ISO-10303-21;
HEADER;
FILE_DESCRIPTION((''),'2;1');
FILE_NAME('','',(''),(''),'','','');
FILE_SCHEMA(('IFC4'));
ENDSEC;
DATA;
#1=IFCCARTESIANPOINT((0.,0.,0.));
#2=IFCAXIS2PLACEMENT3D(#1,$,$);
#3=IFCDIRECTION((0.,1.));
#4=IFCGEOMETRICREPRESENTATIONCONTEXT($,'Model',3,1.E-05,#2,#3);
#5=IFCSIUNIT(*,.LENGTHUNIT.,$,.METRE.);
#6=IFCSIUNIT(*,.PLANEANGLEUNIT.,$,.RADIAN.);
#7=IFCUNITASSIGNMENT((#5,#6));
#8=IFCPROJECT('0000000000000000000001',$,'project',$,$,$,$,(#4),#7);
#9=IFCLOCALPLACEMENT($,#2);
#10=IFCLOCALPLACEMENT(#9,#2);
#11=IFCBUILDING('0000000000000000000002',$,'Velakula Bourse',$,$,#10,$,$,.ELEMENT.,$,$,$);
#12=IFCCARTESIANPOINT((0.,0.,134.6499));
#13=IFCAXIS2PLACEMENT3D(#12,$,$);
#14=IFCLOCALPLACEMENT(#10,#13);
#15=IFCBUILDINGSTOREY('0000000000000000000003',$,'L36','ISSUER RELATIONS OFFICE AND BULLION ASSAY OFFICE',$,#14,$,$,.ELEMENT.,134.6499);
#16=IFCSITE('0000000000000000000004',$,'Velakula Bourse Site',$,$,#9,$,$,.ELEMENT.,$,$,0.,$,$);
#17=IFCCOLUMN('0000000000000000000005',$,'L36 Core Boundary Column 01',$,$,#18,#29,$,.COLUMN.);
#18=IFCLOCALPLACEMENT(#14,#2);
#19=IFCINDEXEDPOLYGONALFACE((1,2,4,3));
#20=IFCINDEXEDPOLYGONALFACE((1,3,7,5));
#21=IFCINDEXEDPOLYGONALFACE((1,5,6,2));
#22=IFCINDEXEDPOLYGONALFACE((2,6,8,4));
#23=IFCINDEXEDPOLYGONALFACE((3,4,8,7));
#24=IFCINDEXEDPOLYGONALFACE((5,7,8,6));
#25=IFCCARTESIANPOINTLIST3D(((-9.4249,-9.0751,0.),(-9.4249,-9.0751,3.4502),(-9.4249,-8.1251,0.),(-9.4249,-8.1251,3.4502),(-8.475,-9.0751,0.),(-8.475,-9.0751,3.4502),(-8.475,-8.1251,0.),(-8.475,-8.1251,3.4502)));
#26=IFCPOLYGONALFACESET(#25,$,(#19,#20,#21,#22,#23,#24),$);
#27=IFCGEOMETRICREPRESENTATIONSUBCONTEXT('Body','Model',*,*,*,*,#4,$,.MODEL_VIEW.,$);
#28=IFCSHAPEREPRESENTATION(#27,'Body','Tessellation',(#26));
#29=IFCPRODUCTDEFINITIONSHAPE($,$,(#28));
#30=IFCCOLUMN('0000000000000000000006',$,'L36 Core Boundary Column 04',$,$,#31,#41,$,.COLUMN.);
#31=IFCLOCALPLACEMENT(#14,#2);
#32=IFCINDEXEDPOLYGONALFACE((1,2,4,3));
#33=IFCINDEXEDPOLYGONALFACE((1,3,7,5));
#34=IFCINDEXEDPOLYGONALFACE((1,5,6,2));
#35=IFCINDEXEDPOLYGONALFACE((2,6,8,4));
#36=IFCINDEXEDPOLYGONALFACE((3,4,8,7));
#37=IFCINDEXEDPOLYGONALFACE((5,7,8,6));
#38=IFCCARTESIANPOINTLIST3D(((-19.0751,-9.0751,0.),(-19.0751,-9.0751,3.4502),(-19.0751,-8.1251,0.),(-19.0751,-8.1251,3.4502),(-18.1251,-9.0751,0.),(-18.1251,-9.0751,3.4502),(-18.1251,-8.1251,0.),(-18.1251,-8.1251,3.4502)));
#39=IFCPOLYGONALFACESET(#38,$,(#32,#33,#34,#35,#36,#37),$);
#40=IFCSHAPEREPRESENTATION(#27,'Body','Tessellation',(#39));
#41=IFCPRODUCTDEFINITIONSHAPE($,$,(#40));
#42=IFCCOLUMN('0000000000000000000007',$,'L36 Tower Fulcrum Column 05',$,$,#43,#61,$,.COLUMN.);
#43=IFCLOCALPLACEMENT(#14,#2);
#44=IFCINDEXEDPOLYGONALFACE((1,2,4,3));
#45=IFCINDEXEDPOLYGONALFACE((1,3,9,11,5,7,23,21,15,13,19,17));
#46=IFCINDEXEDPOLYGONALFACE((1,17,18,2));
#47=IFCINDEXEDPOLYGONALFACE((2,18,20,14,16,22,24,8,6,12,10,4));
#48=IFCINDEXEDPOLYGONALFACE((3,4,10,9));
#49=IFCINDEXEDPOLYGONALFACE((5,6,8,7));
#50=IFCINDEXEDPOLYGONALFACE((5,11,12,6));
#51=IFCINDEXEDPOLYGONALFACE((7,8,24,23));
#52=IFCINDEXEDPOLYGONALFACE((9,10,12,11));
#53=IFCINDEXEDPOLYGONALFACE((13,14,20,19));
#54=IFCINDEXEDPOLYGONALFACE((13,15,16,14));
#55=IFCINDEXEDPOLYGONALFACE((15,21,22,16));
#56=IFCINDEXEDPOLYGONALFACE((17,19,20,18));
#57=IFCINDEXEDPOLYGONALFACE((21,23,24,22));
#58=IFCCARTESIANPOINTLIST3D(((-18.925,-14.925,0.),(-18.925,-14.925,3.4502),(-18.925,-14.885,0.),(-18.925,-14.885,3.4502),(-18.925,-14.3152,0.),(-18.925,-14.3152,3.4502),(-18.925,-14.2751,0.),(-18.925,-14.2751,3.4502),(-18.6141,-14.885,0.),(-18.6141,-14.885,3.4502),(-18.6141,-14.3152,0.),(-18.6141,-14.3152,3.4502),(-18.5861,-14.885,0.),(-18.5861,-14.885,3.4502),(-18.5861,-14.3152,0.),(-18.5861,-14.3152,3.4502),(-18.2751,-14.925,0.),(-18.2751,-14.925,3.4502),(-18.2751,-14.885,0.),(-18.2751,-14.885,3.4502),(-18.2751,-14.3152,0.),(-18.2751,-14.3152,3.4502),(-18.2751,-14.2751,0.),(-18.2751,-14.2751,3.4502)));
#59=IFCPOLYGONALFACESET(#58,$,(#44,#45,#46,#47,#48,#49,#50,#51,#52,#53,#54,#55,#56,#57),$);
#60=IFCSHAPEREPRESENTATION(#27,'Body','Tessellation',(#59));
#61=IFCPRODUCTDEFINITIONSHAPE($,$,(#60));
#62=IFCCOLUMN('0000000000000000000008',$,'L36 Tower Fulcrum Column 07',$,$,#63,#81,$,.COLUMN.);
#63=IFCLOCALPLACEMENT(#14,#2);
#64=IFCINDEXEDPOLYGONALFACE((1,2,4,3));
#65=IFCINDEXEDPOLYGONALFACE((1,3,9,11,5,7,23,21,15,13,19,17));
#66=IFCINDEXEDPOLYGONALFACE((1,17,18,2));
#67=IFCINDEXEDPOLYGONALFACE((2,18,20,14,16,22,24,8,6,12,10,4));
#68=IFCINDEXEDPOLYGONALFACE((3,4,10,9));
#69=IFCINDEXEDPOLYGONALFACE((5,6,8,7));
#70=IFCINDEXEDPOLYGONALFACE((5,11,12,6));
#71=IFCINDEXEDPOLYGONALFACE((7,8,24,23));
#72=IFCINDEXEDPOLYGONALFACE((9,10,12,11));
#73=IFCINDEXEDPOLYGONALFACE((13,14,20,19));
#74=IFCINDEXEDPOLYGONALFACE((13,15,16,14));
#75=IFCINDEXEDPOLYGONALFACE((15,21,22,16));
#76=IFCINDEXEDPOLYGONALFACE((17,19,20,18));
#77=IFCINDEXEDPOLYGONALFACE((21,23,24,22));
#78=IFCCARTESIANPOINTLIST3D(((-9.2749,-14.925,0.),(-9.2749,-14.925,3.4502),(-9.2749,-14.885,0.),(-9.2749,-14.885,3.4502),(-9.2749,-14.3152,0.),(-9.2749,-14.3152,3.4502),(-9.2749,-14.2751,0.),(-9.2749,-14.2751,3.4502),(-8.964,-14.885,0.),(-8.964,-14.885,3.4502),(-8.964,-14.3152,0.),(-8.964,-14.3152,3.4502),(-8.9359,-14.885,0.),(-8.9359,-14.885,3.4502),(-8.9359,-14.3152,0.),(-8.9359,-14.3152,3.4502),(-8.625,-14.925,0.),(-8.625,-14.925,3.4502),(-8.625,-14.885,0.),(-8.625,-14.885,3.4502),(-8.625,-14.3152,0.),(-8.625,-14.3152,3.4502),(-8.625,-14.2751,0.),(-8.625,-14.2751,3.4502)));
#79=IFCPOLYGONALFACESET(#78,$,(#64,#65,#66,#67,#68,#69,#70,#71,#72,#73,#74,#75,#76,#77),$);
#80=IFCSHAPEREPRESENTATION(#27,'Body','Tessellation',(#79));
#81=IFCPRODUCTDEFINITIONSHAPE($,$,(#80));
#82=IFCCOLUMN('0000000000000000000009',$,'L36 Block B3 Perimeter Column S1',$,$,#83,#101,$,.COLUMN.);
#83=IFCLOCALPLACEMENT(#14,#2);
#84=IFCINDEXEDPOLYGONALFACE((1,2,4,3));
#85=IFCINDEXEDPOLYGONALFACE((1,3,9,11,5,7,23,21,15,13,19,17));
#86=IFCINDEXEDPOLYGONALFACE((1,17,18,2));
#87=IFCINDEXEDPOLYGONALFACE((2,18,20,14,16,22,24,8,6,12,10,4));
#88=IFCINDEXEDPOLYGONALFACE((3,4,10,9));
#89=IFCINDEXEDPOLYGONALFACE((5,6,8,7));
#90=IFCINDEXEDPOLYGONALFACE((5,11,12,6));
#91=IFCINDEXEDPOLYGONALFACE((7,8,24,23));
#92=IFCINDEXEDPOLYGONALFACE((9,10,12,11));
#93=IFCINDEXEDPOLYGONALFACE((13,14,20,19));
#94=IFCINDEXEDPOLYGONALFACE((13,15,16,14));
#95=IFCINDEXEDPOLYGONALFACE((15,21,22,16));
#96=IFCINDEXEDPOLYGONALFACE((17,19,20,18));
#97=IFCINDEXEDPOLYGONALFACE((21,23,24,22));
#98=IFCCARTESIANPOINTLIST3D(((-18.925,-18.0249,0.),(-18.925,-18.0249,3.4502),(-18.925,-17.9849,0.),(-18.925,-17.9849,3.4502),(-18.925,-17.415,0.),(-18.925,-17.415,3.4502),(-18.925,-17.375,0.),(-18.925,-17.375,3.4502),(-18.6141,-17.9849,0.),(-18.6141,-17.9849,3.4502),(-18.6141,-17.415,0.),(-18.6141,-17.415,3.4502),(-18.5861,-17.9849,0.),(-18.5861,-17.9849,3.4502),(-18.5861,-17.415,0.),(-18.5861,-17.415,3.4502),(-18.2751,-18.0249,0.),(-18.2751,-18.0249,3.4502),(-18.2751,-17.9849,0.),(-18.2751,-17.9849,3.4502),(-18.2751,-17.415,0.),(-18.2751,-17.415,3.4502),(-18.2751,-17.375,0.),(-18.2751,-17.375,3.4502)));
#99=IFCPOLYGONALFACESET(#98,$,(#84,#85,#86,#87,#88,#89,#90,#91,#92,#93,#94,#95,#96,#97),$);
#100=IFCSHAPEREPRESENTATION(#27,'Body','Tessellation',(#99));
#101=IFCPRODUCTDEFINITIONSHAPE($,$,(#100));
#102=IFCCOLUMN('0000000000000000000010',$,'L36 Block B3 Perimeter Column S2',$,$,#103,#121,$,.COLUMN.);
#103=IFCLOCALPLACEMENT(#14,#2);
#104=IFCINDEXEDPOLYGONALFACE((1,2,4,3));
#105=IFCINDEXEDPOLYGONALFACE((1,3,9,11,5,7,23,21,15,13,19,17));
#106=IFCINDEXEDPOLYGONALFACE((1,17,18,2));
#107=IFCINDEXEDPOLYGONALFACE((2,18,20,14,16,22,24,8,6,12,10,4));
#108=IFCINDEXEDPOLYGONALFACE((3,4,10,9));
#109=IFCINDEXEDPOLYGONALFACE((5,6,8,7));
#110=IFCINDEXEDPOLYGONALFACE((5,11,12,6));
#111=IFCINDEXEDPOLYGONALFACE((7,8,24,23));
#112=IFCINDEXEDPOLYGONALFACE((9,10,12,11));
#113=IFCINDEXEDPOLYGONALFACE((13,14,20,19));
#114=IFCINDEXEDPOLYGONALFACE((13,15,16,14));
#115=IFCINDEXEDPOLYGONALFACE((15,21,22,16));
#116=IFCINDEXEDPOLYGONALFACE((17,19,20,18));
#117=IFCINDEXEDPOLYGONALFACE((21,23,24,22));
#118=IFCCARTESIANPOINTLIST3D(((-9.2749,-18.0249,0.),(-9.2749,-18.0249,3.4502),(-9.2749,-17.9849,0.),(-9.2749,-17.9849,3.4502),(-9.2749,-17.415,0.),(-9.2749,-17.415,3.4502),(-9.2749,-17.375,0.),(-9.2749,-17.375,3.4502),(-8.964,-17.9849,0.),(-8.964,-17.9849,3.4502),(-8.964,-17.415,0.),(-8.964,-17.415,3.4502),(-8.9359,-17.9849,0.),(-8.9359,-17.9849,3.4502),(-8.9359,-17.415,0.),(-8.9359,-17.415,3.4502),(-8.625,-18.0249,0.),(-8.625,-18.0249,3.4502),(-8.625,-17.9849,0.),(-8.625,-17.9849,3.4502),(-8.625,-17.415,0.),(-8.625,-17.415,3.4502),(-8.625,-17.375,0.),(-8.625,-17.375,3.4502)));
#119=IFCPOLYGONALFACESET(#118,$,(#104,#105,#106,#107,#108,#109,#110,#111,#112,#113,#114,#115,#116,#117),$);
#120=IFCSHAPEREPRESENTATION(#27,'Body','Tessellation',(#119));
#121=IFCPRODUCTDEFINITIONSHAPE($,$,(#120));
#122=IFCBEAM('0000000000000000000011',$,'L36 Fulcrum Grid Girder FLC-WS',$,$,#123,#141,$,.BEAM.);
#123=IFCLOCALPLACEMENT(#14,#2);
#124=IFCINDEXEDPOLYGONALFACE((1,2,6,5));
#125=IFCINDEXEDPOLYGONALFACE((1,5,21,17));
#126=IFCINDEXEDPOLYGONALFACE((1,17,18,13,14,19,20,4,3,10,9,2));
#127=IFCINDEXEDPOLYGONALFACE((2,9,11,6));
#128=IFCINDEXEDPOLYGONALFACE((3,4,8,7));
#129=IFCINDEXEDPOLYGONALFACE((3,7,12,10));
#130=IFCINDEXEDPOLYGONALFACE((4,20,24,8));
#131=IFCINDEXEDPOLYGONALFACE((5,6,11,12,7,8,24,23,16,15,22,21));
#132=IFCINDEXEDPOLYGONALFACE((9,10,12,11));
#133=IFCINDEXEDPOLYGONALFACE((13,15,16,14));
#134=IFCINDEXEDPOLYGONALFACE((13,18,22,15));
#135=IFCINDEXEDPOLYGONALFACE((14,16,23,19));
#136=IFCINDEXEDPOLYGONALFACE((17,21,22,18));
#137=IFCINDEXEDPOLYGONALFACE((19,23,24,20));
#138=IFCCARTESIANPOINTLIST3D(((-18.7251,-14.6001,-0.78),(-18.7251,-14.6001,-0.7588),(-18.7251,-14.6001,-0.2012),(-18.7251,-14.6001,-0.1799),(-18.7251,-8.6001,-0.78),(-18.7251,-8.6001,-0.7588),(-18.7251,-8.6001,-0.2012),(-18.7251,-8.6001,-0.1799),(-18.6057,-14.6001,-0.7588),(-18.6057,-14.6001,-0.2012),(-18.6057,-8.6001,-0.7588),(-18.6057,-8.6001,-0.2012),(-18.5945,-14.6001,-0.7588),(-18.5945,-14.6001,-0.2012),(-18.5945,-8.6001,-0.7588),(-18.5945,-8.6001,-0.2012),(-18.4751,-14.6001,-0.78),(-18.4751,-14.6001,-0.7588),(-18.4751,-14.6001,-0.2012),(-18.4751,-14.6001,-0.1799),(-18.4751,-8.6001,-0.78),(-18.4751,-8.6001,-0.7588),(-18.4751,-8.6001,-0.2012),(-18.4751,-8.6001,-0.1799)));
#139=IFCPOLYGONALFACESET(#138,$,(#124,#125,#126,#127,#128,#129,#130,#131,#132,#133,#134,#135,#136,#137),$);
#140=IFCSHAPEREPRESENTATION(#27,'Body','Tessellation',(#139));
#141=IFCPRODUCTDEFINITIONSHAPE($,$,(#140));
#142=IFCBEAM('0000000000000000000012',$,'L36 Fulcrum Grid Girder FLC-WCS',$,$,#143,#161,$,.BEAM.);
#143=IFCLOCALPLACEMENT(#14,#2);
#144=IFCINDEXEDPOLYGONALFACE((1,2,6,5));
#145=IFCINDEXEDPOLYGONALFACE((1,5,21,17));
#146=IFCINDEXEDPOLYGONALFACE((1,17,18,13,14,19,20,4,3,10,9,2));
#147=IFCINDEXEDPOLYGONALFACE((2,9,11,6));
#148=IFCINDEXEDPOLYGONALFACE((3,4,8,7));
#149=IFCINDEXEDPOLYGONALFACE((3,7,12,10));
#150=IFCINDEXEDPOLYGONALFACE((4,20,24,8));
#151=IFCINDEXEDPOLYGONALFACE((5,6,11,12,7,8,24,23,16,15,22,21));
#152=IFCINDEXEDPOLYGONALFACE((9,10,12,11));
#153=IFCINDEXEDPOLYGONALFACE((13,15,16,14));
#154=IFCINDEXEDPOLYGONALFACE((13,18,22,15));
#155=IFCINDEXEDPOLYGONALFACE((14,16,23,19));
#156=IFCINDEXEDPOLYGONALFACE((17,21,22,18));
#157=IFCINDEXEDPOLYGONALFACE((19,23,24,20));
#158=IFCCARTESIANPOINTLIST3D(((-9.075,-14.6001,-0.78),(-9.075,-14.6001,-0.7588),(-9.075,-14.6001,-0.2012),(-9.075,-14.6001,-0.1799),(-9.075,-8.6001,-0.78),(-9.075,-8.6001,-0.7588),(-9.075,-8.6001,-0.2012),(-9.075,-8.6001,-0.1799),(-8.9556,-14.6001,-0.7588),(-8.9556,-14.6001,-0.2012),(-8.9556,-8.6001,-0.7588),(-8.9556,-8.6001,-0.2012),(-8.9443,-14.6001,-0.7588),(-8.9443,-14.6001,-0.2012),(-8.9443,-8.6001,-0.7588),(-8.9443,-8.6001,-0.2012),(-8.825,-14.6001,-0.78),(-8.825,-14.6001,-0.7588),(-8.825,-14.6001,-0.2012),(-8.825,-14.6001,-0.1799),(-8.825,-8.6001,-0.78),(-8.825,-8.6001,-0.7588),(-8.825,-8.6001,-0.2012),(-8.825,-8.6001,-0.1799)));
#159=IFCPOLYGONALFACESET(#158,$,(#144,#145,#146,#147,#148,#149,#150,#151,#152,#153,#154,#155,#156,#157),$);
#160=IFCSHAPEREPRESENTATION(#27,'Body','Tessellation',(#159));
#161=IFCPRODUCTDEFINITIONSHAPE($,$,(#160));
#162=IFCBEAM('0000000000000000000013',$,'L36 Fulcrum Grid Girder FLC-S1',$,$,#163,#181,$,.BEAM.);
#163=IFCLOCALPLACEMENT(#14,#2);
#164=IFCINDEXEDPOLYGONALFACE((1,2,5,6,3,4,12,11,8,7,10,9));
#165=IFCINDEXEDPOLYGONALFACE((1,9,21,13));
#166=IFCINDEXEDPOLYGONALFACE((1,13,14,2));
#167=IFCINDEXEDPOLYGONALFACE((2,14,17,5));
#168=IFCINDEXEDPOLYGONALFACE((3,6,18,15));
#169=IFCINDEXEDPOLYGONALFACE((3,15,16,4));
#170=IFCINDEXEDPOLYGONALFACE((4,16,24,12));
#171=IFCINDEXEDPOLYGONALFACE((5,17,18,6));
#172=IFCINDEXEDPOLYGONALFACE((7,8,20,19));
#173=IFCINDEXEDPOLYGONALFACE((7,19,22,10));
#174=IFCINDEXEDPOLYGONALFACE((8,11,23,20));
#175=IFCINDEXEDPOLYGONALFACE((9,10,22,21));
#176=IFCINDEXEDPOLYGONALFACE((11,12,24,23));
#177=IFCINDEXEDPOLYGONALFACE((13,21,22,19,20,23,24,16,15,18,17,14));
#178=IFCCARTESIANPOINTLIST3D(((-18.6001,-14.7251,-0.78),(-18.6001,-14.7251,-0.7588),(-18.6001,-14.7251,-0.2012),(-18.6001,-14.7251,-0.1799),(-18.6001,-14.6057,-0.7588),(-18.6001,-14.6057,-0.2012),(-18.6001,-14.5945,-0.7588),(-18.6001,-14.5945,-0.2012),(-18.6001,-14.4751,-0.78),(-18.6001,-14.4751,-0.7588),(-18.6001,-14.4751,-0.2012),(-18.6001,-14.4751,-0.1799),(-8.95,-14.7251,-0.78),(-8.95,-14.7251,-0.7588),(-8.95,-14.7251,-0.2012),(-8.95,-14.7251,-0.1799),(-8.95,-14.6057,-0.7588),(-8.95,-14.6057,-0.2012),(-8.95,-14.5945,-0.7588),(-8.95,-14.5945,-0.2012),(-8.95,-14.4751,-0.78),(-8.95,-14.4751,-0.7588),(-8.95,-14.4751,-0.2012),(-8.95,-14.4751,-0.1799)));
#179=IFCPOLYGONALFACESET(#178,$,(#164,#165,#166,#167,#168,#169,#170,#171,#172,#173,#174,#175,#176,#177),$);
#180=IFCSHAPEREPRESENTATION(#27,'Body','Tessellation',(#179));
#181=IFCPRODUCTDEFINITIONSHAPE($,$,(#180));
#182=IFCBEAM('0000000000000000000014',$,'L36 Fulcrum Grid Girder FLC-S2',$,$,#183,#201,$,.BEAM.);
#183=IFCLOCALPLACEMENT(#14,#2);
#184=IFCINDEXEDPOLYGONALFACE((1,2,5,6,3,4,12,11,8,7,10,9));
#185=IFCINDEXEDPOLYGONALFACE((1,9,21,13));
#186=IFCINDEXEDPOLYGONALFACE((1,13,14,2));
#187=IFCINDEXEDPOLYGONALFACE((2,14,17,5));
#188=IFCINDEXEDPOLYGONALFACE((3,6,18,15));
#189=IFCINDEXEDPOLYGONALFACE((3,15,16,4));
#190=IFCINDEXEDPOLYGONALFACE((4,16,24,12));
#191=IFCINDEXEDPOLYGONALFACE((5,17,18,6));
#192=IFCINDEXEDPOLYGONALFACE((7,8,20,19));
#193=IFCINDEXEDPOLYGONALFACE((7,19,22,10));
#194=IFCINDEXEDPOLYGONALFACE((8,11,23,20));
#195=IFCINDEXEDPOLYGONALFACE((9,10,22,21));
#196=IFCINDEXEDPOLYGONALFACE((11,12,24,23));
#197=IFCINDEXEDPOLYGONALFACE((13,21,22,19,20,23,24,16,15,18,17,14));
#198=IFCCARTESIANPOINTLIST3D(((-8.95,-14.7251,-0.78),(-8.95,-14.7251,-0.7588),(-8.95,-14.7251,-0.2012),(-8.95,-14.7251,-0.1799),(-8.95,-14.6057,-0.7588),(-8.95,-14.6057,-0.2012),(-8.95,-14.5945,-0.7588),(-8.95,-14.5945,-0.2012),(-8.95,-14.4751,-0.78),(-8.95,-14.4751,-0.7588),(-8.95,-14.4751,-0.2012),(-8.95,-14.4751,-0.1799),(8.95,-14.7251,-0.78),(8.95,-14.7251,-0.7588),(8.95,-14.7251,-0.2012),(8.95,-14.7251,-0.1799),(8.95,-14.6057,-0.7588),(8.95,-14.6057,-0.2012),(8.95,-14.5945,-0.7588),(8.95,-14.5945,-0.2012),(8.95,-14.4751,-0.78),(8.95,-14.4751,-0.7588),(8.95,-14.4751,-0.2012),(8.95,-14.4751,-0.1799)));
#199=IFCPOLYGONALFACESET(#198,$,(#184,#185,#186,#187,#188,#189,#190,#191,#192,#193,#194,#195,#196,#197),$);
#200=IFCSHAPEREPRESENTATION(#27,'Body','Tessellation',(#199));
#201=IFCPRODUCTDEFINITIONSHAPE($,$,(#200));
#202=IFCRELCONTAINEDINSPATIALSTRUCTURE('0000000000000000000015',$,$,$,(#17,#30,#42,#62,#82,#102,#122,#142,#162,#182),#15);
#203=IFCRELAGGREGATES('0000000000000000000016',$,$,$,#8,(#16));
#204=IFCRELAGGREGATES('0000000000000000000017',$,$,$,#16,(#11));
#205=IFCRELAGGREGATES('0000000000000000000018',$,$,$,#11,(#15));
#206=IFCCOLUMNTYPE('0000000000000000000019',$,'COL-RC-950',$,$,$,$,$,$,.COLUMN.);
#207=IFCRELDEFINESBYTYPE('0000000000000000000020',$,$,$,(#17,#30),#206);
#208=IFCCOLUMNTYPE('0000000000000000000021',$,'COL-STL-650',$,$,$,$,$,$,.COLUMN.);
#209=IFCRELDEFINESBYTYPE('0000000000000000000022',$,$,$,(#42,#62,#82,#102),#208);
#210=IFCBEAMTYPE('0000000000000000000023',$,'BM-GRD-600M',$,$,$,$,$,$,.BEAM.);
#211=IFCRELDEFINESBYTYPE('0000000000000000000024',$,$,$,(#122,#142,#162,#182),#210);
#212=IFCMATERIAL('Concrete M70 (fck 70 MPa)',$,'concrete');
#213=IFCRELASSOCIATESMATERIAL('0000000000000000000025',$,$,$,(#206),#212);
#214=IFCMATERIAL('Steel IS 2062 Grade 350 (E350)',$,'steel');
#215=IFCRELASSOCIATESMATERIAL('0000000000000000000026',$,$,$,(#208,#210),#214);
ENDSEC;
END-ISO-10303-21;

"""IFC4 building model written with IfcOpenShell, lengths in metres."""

from ifc_helpers import new_model, si_unit, direction, frame, origin, origin_2d, place, context, subcontext, project, spatial, rectangle, i_section, extrude, material, material_profile, profile_set, type_object, element, save


model = new_model("IFC4")

# Units and contexts
model_context = context("Model", 3, precision=1e-05, world=origin(), true_north=direction((0.0, 1.0)))
body_context = subcontext(model_context, "Body", "Model", "MODEL_VIEW")
ifc_project = project(units=[si_unit("LENGTHUNIT", "METRE"), si_unit("PLANEANGLEUNIT", "RADIAN")], contexts=[model_context])

# Site, building, storey
site_placement = place(None, origin())
site = spatial("IfcSite", under=ifc_project, at=site_placement, Name="Velakula Bourse Site", CompositionType="ELEMENT", RefElevation=0.0)
building_placement = place(site_placement, origin())
building = spatial("IfcBuilding", under=site, at=building_placement, Name="Velakula Bourse", CompositionType="ELEMENT")
storey_placement = place(building_placement, frame((0.0, 0.0, 134.6499)))
storey = spatial("IfcBuildingStorey", under=building, at=storey_placement, Name="L36", Description="ISSUER RELATIONS OFFICE AND BULLION ASSAY OFFICE", CompositionType="ELEMENT", Elevation=134.6499)

# Columns
ifc_material_1 = material(Name="Concrete M70 (fck 70 MPa)", Category="concrete")
ifc_material_profile_1 = material_profile(ifc_material_1, rectangle(XDim=0.95, YDim=0.95, at=origin_2d()), Name="Concrete M70 (fck 70 MPa)")
ifc_profile_set_1 = profile_set([ifc_material_profile_1], Name="Concrete M70 (fck 70 MPa)")
column_type_1 = type_object("IfcColumnType", Name="COL-RC-950", PredefinedType="COLUMN", material=ifc_profile_set_1)
for number, where, z_axis, x_axis, name in (
    (1, (-8.95, -8.6001, 0.0), (0.0, 0.0, 1.0), (1.0, 0.0, 0.0), "L36 Core Boundary Column 01"),
    (2, (-18.6001, -8.6001, 0.0), (0.0, 0.0, 1.0), (1.0, 0.0, 0.0), "L36 Core Boundary Column 04"),
):
    element("IfcColumn", number, at=place(storey_placement, frame(where, z_axis=z_axis, x_axis=x_axis)), inside=storey, type_object=column_type_1, Name=name, PredefinedType="COLUMN", context=body_context, shape_type="SweptSolid", body=[
        extrude(rectangle(XDim=0.95, YDim=0.95, at=origin_2d()), origin(), (0.0, 0.0, 1.0), 3.4502),
    ])
ifc_material_2 = material(Name="Steel IS 2062 Grade 350 (E350)", Category="steel")
ifc_material_profile_2 = material_profile(ifc_material_2, i_section(OverallWidth=0.6499, OverallDepth=0.6499, WebThickness=0.0281, FlangeThickness=0.04, at=origin_2d()), Name="Steel IS 2062 Grade 350 (E350)")
ifc_profile_set_2 = profile_set([ifc_material_profile_2], Name="Steel IS 2062 Grade 350 (E350)")
column_type_2 = type_object("IfcColumnType", Name="COL-STL-650", PredefinedType="COLUMN", material=ifc_profile_set_2)
for number, where, z_axis, x_axis, name in (
    (3, (-18.6001, -14.6001, 0.0), (0.0, 0.0, 1.0), (1.0, 0.0, 0.0), "L36 Tower Fulcrum Column 05"),
    (4, (-8.95, -14.6001, 0.0), (0.0, 0.0, 1.0), (1.0, 0.0, 0.0), "L36 Tower Fulcrum Column 07"),
    (5, (-18.6001, -17.7, 0.0), (0.0, 0.0, 1.0), (1.0, 0.0, 0.0), "L36 Block B3 Perimeter Column S1"),
    (6, (-8.95, -17.7, 0.0), (0.0, 0.0, 1.0), (1.0, 0.0, 0.0), "L36 Block B3 Perimeter Column S2"),
):
    element("IfcColumn", number, at=place(storey_placement, frame(where, z_axis=z_axis, x_axis=x_axis)), inside=storey, type_object=column_type_2, Name=name, PredefinedType="COLUMN", context=body_context, shape_type="SweptSolid", body=[
        extrude(i_section(OverallWidth=0.6499, OverallDepth=0.6499, WebThickness=0.0281, FlangeThickness=0.04, at=origin_2d()), origin(), (0.0, 0.0, 1.0), 3.4502),
    ])

# Beams
ifc_material_profile_3 = material_profile(ifc_material_2, i_section(OverallWidth=0.25, OverallDepth=0.6001, WebThickness=0.0112, FlangeThickness=0.0212, at=origin_2d()), Name="Steel IS 2062 Grade 350 (E350)")
ifc_profile_set_3 = profile_set([ifc_material_profile_3], Name="Steel IS 2062 Grade 350 (E350)")
beam_type_1 = type_object("IfcBeamType", Name="BM-GRD-600M", PredefinedType="BEAM", material=ifc_profile_set_3)
for number, where, z_axis, x_axis, name in (
    (7, (-18.6001, -14.6001, -0.48), (0.0, 1.0, 0.0), (-1.0, 0.0, 0.0), "L36 Fulcrum Grid Girder FLC-WS"),
    (8, (-8.95, -14.6001, -0.48), (0.0, 1.0, 0.0), (-1.0, 0.0, 0.0), "L36 Fulcrum Grid Girder FLC-WCS"),
):
    element("IfcBeam", number, at=place(storey_placement, frame(where, z_axis=z_axis, x_axis=x_axis)), inside=storey, type_object=beam_type_1, Name=name, PredefinedType="BEAM", context=body_context, shape_type="SweptSolid", body=[
        extrude(i_section(OverallWidth=0.25, OverallDepth=0.6001, WebThickness=0.0112, FlangeThickness=0.0212, at=origin_2d()), origin(), (0.0, 0.0, 1.0), 6.0),
    ])
beam_1_placement = place(storey_placement, frame((-18.6001, -14.6001, -0.48), z_axis=(1.0, 0.0, 0.0), x_axis=(0.0, 1.0, 0.0)))
element("IfcBeam", 9, at=beam_1_placement, inside=storey, type_object=beam_type_1, Name="L36 Fulcrum Grid Girder FLC-S1", PredefinedType="BEAM", context=body_context, shape_type="SweptSolid", body=[
    extrude(i_section(OverallWidth=0.25, OverallDepth=0.6001, WebThickness=0.0112, FlangeThickness=0.0212, at=origin_2d()), origin(), (0.0, 0.0, 1.0), 9.6501),
])
beam_2_placement = place(storey_placement, frame((-8.95, -14.6001, -0.48), z_axis=(1.0, 0.0, 0.0), x_axis=(0.0, 1.0, 0.0)))
element("IfcBeam", 10, at=beam_2_placement, inside=storey, type_object=beam_type_1, Name="L36 Fulcrum Grid Girder FLC-S2", PredefinedType="BEAM", context=body_context, shape_type="SweptSolid", body=[
    extrude(i_section(OverallWidth=0.25, OverallDepth=0.6001, WebThickness=0.0112, FlangeThickness=0.0212, at=origin_2d()), origin(), (0.0, 0.0, 1.0), 17.8999),
])

save(model, "model.ifc")
